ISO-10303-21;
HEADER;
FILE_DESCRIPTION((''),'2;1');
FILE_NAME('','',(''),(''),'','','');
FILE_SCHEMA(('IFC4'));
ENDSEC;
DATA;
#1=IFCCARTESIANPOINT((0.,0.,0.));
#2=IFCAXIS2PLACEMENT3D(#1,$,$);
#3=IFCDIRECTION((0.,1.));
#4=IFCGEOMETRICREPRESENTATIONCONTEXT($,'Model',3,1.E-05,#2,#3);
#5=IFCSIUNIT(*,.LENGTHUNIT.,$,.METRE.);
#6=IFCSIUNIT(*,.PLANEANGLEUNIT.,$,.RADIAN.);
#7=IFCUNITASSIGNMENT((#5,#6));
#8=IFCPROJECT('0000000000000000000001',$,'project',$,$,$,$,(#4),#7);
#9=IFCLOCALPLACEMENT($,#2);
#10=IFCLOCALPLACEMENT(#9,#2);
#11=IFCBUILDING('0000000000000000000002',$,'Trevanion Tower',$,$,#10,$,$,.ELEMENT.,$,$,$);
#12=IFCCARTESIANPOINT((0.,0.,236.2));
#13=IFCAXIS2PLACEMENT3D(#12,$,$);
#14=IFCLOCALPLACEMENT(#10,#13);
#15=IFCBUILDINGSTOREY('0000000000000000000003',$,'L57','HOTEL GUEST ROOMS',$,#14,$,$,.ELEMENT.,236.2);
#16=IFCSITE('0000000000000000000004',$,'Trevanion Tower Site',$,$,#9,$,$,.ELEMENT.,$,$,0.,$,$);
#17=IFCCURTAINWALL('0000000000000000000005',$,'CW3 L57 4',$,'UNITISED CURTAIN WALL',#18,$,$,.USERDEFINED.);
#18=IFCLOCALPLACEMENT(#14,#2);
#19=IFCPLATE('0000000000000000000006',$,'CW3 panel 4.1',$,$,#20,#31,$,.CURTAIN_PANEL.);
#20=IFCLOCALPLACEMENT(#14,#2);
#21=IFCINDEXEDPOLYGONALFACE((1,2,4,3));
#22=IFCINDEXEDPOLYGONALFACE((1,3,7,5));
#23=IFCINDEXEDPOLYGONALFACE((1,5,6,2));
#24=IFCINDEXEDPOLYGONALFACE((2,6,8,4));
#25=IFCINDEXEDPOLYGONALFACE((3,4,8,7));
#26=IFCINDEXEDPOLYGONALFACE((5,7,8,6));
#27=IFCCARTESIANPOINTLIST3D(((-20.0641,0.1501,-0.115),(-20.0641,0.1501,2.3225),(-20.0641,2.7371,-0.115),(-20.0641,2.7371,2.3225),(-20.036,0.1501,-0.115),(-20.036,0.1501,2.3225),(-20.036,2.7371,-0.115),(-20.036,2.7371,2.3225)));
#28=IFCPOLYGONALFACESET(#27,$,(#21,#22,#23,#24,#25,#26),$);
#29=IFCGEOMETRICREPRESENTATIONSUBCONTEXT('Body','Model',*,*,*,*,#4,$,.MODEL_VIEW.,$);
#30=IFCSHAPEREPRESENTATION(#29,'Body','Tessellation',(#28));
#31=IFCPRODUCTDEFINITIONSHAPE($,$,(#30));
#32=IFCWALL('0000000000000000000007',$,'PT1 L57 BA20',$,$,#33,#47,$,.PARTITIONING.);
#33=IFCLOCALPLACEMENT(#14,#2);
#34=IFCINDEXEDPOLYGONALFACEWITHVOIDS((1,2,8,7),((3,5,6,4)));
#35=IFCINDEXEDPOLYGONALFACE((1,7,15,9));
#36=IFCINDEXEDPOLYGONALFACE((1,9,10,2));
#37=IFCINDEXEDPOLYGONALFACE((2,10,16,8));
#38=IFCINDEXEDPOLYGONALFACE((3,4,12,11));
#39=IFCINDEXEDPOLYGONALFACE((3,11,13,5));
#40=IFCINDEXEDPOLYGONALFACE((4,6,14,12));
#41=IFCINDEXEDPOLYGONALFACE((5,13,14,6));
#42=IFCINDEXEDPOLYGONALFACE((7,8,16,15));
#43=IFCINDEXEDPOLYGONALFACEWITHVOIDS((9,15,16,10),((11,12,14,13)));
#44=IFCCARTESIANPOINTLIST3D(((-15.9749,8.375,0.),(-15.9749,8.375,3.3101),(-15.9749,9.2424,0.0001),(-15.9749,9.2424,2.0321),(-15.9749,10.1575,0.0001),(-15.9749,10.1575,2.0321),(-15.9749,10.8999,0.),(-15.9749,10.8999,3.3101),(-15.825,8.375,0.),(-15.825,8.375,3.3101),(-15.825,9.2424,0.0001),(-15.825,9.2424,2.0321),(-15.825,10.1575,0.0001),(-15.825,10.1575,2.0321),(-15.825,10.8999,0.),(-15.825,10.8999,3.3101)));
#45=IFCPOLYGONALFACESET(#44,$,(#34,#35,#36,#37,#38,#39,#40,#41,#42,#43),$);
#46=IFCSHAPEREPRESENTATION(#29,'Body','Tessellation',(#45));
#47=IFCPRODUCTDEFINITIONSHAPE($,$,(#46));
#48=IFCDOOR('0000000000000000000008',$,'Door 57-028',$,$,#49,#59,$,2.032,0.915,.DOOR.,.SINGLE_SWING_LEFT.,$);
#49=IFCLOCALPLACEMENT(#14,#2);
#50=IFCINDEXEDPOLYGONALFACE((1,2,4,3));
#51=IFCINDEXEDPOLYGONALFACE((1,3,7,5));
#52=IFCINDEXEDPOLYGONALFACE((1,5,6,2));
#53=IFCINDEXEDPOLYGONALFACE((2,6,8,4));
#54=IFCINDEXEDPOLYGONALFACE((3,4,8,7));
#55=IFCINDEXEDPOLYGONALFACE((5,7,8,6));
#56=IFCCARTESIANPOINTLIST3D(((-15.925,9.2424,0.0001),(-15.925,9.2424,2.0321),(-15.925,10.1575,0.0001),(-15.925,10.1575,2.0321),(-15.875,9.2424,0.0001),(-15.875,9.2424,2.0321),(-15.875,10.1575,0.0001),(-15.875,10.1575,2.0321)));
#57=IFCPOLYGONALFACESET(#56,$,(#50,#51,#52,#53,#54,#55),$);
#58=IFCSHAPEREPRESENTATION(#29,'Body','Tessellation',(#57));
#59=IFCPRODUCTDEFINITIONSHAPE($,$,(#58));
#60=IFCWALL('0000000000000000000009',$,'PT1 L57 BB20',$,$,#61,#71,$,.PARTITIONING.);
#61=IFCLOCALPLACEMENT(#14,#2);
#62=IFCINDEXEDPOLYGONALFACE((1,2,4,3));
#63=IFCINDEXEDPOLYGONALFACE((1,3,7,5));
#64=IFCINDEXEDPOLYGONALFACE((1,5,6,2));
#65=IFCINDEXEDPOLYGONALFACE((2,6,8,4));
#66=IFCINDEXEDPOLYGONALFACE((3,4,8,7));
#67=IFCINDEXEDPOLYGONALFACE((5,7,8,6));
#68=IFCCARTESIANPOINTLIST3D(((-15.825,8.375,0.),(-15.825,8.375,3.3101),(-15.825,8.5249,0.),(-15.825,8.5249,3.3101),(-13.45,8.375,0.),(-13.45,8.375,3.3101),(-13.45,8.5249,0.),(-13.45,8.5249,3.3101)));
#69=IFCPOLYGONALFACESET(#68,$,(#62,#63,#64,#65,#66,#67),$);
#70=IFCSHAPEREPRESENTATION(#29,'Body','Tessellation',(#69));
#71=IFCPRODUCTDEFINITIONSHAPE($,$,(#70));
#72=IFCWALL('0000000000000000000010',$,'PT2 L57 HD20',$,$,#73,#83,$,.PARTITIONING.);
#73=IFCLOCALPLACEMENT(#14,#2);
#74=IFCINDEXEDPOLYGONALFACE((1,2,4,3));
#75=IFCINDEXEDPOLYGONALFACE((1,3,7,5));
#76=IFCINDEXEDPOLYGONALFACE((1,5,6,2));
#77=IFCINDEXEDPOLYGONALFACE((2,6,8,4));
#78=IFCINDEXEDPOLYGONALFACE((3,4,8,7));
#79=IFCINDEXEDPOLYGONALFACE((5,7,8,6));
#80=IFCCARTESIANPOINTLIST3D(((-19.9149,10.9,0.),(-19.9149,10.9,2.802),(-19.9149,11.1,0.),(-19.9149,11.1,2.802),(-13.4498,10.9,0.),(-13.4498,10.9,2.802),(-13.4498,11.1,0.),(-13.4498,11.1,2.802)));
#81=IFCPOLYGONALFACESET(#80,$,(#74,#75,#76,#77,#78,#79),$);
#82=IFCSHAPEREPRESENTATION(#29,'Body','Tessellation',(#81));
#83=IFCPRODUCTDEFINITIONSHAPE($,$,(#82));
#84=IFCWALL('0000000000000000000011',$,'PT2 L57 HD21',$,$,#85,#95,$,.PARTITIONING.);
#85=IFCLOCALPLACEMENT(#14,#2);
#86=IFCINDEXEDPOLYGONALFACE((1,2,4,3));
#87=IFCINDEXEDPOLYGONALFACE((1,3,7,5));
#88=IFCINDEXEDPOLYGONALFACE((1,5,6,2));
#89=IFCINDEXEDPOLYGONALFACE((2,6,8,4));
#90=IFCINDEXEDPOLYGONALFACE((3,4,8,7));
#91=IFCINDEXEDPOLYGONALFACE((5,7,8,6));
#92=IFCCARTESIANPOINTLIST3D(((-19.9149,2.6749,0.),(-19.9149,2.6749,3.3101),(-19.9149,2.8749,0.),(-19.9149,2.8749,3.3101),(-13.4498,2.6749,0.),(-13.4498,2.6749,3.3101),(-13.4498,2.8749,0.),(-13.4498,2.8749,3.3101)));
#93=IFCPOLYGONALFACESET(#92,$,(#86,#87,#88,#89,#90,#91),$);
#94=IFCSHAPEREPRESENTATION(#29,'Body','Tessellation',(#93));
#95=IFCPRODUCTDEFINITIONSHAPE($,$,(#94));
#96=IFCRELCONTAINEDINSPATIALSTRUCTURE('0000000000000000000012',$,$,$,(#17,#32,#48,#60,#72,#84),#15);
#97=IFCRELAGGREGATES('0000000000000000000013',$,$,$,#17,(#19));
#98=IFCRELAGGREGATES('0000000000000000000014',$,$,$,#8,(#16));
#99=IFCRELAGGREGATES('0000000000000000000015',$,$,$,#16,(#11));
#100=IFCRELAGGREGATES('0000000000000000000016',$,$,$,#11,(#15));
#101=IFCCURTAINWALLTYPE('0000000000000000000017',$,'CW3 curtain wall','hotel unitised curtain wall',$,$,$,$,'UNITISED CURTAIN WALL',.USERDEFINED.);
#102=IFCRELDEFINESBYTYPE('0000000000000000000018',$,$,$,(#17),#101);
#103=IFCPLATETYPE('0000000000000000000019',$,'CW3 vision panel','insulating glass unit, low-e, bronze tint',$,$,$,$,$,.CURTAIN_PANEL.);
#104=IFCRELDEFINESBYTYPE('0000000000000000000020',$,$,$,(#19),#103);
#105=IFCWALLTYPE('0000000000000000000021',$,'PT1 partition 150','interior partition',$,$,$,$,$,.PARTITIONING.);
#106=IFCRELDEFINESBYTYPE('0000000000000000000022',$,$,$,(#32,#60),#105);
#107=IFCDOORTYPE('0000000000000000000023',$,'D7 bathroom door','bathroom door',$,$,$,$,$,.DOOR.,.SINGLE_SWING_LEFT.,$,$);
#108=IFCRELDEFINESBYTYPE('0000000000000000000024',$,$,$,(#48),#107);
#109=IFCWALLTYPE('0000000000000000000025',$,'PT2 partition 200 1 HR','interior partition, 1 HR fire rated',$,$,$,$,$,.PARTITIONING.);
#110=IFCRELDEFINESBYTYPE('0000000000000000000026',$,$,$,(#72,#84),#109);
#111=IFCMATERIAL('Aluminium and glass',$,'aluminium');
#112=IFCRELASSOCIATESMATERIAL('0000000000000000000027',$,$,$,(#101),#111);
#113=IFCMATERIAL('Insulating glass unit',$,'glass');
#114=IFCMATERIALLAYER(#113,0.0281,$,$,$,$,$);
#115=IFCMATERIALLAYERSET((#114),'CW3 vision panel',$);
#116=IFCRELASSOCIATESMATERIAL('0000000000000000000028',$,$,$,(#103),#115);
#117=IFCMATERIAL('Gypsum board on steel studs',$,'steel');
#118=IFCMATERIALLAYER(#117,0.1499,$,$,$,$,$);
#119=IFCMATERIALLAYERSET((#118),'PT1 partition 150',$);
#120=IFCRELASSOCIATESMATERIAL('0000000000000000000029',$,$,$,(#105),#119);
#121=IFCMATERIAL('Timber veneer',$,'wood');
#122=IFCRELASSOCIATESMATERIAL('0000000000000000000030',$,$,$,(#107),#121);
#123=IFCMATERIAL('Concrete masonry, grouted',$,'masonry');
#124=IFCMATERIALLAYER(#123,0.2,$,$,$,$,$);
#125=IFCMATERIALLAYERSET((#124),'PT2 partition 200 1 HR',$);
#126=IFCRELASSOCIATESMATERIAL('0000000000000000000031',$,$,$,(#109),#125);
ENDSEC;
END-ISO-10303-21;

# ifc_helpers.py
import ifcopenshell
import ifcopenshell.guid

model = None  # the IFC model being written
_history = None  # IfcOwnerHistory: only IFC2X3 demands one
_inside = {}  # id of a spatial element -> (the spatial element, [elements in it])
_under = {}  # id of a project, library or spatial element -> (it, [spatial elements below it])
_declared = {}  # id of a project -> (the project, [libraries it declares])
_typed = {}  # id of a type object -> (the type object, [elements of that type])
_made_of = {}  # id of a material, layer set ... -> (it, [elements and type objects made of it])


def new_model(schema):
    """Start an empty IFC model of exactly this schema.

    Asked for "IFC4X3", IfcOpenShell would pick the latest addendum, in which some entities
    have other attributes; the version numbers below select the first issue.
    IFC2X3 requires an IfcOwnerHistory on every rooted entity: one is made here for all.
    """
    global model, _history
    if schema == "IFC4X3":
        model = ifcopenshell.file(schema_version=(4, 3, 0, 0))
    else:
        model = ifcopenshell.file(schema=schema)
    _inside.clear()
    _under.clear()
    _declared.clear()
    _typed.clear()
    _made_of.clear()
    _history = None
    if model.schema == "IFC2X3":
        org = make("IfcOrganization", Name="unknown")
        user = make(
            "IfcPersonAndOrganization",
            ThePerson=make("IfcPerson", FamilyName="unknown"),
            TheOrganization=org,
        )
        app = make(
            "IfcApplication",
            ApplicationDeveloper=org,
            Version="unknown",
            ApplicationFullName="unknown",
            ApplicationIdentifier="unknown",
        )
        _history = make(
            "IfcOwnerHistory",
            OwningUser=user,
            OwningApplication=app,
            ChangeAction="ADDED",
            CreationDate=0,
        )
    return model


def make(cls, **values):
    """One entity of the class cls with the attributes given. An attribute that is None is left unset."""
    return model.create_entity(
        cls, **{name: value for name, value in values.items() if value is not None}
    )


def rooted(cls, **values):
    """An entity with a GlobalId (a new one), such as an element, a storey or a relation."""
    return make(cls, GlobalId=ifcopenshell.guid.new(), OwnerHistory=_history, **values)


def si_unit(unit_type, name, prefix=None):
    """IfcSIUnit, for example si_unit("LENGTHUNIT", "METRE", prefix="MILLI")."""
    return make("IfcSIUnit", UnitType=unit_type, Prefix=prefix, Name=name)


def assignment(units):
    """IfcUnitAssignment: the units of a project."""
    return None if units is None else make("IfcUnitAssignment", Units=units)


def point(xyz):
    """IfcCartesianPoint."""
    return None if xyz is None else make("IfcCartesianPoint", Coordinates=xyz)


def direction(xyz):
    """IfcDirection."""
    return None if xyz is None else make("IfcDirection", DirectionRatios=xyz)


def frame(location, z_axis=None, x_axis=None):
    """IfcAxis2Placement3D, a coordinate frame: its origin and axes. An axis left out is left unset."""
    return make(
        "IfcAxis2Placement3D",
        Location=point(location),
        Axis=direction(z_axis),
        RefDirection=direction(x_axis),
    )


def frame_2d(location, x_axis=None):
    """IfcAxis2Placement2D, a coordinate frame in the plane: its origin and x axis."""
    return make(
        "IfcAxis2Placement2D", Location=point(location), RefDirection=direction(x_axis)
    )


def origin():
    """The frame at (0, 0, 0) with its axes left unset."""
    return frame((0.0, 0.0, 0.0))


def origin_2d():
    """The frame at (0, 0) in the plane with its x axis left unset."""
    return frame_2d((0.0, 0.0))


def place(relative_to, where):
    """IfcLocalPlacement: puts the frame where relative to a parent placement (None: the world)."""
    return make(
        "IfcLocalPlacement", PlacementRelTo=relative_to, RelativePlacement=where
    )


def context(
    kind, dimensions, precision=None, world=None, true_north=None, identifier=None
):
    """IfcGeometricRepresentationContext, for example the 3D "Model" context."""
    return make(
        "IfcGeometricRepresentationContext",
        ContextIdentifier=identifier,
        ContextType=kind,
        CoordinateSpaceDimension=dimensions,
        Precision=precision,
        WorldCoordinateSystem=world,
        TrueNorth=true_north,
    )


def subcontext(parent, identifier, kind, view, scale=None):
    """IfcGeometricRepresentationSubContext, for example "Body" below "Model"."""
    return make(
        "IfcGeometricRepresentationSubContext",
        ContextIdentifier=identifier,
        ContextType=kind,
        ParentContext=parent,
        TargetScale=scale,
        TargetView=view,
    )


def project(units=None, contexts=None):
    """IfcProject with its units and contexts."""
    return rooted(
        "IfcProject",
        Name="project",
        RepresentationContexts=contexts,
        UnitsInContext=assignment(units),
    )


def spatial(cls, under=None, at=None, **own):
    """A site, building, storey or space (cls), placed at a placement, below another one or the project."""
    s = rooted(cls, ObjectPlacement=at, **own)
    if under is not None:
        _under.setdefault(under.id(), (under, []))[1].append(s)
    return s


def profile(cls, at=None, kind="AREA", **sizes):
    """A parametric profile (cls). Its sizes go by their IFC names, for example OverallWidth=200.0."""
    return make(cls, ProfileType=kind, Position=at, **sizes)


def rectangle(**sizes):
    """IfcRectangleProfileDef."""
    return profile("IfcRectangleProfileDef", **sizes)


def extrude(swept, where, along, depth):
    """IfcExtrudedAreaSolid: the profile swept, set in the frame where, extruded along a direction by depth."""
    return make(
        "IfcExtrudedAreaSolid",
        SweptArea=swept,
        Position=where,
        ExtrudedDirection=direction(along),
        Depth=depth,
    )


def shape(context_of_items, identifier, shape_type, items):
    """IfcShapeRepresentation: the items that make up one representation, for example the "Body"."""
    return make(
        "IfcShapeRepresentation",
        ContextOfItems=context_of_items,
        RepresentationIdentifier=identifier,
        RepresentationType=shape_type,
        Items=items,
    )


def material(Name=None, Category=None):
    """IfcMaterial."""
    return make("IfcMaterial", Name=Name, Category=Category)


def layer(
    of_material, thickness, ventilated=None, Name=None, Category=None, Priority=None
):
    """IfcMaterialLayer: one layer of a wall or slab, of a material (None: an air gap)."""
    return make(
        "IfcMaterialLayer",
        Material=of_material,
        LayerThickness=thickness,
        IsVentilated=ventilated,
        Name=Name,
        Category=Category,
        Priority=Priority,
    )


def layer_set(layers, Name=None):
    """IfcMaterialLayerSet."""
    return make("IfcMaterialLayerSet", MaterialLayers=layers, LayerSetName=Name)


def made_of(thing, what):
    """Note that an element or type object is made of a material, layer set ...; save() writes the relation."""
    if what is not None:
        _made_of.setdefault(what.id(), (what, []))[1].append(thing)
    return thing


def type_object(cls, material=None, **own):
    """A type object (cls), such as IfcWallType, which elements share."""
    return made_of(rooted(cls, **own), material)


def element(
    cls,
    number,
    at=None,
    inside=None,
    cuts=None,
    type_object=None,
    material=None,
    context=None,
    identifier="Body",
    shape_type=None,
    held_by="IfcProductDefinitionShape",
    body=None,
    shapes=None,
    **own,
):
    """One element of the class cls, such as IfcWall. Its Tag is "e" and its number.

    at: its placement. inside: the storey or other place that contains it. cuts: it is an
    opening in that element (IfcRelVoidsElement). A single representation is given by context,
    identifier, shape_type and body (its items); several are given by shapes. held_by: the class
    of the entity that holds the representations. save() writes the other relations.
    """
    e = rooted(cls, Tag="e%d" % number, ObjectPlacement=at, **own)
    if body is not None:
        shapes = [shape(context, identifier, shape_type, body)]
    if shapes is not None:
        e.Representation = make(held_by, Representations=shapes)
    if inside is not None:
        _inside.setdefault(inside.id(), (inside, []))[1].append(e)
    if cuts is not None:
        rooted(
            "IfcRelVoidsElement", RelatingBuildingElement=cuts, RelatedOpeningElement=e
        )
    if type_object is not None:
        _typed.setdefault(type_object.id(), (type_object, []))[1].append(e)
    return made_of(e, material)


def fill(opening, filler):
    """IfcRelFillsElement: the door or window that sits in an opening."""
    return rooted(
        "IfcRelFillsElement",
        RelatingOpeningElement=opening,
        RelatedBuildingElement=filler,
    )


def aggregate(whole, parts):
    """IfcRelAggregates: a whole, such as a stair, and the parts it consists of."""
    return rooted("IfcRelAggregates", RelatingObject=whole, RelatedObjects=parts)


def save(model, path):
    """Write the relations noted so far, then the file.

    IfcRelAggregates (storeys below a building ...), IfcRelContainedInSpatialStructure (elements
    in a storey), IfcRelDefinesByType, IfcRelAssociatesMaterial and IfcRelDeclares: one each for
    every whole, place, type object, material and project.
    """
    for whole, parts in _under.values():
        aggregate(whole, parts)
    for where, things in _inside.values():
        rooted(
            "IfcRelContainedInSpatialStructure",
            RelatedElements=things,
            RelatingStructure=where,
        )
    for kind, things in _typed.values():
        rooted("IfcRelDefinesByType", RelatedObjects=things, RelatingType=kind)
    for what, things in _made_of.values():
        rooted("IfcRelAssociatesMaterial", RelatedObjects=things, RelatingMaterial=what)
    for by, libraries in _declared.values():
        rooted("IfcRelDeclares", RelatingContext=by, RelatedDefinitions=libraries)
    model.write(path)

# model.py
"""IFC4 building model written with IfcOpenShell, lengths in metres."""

from ifc_helpers import new_model, si_unit, direction, frame, frame_2d, origin, origin_2d, place, context, subcontext, project, spatial, rectangle, extrude, material, layer, layer_set, type_object, element, fill, aggregate, save


model = new_model("IFC4")

# Units and contexts
model_context = context("Model", 3, precision=1e-05, world=origin(), true_north=direction((0.0, 1.0)))
body_context = subcontext(model_context, "Body", "Model", "MODEL_VIEW")
ifc_project = project(units=[si_unit("LENGTHUNIT", "METRE"), si_unit("PLANEANGLEUNIT", "RADIAN")], contexts=[model_context])

# Site, building, storey
site_placement = place(None, origin())
site = spatial("IfcSite", under=ifc_project, at=site_placement, Name="Trevanion Tower Site", CompositionType="ELEMENT", RefElevation=0.0)
building_placement = place(site_placement, origin())
building = spatial("IfcBuilding", under=site, at=building_placement, Name="Trevanion Tower", CompositionType="ELEMENT")
storey_placement = place(building_placement, frame((0.0, 0.0, 236.2)))
storey = spatial("IfcBuildingStorey", under=building, at=storey_placement, Name="L57", Description="HOTEL GUEST ROOMS", CompositionType="ELEMENT", Elevation=236.2)

# Curtain wall
ifc_material_1 = material(Name="Aluminium and glass", Category="aluminium")
curtain_wall_type = type_object("IfcCurtainWallType", Name="CW3 curtain wall", Description="hotel unitised curtain wall", ElementType="UNITISED CURTAIN WALL", PredefinedType="USERDEFINED", material=ifc_material_1)
curtain_wall_placement = place(storey_placement, origin())
curtain_wall = element("IfcCurtainWall", 1, at=curtain_wall_placement, inside=storey, type_object=curtain_wall_type, Name="CW3 L57 4", ObjectType="UNITISED CURTAIN WALL", PredefinedType="USERDEFINED")

# Plate
ifc_material_2 = material(Name="Insulating glass unit", Category="glass")
ifc_layer_1 = layer(ifc_material_2, 0.0281)
ifc_layer_set_1 = layer_set([ifc_layer_1], Name="CW3 vision panel")
plate_type_1 = type_object("IfcPlateType", Name="CW3 vision panel", Description="insulating glass unit, low-e, bronze tint", PredefinedType="CURTAIN_PANEL", material=ifc_layer_set_1)
plate_1_placement = place(storey_placement, frame((-20.05, 1.4436, -0.115), z_axis=(0.0, 0.0, 1.0), x_axis=(0.0, -1.0, 0.0)))
plate_1 = element("IfcPlate", 2, at=plate_1_placement, type_object=plate_type_1, Name="CW3 panel 4.1", PredefinedType="CURTAIN_PANEL", context=body_context, shape_type="SweptSolid", body=[
    extrude(rectangle(XDim=2.5869, YDim=0.0281, at=origin_2d()), origin(), (0.0, 0.0, 1.0), 2.4375),
])
aggregate(curtain_wall, [plate_1])

# Wall, opening, door
ifc_material_3 = material(Name="Gypsum board on steel studs", Category="steel")
ifc_layer_2 = layer(ifc_material_3, 0.1499)
ifc_layer_set_2 = layer_set([ifc_layer_2], Name="PT1 partition 150")
wall_type_1 = type_object("IfcWallType", Name="PT1 partition 150", Description="interior partition", PredefinedType="PARTITIONING", material=ifc_layer_set_2)
wall_1_placement = place(storey_placement, frame((-15.8999, 10.8999, 0.0), z_axis=(0.0, 0.0, 1.0), x_axis=(0.0, -1.0, 0.0)))
wall_1 = element("IfcWall", 3, at=wall_1_placement, inside=storey, type_object=wall_type_1, Name="PT1 L57 BA20", PredefinedType="PARTITIONING", context=body_context, shape_type="SweptSolid", body=[
    extrude(rectangle(XDim=2.5249, YDim=0.1499, at=frame_2d((1.2625, 0.0))), origin(), (0.0, 0.0, 1.0), 3.3101),
])
opening_placement = place(wall_1_placement, frame((0.7424, 0.0, 0.0)))
opening = element("IfcOpeningElement", 4, at=opening_placement, cuts=wall_1, PredefinedType="OPENING", context=body_context, shape_type="SweptSolid", body=[
    extrude(rectangle(XDim=0.915, YDim=2.032, at=frame_2d((0.4575, 1.0161))), frame((0.0, 0.085, 0.0), z_axis=(0.0, -1.0, 0.0), x_axis=(1.0, 0.0, 0.0)), (0.0, 0.0, 1.0), 0.1699),
])
ifc_material_4 = material(Name="Timber veneer", Category="wood")
door_type = type_object("IfcDoorType", Name="D7 bathroom door", Description="bathroom door", OperationType="SINGLE_SWING_LEFT", PredefinedType="DOOR", material=ifc_material_4)
door_placement = place(opening_placement, origin())
door = element("IfcDoor", 5, at=door_placement, inside=storey, type_object=door_type, Name="Door 57-028", OperationType="SINGLE_SWING_LEFT", OverallHeight=2.032, OverallWidth=0.915, PredefinedType="DOOR", context=body_context, shape_type="SweptSolid", body=[
    extrude(rectangle(XDim=0.915, YDim=2.032, at=frame_2d((0.4575, 1.0161))), frame((0.0, 0.0249, 0.0), z_axis=(0.0, -1.0, 0.0), x_axis=(1.0, 0.0, 0.0)), (0.0, 0.0, 1.0), 0.05),
])
fill(opening, door)

# Walls
wall_2_placement = place(storey_placement, frame((-13.45, 8.45, 0.0), z_axis=(0.0, 0.0, 1.0), x_axis=(-1.0, 0.0, 0.0)))
element("IfcWall", 6, at=wall_2_placement, inside=storey, type_object=wall_type_1, Name="PT1 L57 BB20", PredefinedType="PARTITIONING", context=body_context, shape_type="SweptSolid", body=[
    extrude(rectangle(XDim=2.375, YDim=0.1499, at=frame_2d((1.1875, 0.0))), origin(), (0.0, 0.0, 1.0), 3.3101),
])
ifc_material_5 = material(Name="Concrete masonry, grouted", Category="masonry")
ifc_layer_3 = layer(ifc_material_5, 0.2)
ifc_layer_set_3 = layer_set([ifc_layer_3], Name="PT2 partition 200 1 HR")
wall_type_2 = type_object("IfcWallType", Name="PT2 partition 200 1 HR", Description="interior partition, 1 HR fire rated", PredefinedType="PARTITIONING", material=ifc_layer_set_3)
wall_3_placement = place(storey_placement, frame((-13.45, 11.0, 0.0), z_axis=(0.0, 0.0, 1.0), x_axis=(-1.0, 0.0, 0.0)))
element("IfcWall", 7, at=wall_3_placement, inside=storey, type_object=wall_type_2, Name="PT2 L57 HD20", PredefinedType="PARTITIONING", context=body_context, shape_type="SweptSolid", body=[
    extrude(rectangle(XDim=6.4651, YDim=0.2, at=frame_2d((3.2324, 0.0))), origin(), (0.0, 0.0, 1.0), 2.802),
])
wall_4_placement = place(storey_placement, frame((-13.45, 2.7749, 0.0), z_axis=(0.0, 0.0, 1.0), x_axis=(-1.0, 0.0, 0.0)))
element("IfcWall", 8, at=wall_4_placement, inside=storey, type_object=wall_type_2, Name="PT2 L57 HD21", PredefinedType="PARTITIONING", context=body_context, shape_type="SweptSolid", body=[
    extrude(rectangle(XDim=6.4651, YDim=0.2, at=frame_2d((3.2324, 0.0))), origin(), (0.0, 0.0, 1.0), 3.3101),
])

save(model, "model.ifc")
